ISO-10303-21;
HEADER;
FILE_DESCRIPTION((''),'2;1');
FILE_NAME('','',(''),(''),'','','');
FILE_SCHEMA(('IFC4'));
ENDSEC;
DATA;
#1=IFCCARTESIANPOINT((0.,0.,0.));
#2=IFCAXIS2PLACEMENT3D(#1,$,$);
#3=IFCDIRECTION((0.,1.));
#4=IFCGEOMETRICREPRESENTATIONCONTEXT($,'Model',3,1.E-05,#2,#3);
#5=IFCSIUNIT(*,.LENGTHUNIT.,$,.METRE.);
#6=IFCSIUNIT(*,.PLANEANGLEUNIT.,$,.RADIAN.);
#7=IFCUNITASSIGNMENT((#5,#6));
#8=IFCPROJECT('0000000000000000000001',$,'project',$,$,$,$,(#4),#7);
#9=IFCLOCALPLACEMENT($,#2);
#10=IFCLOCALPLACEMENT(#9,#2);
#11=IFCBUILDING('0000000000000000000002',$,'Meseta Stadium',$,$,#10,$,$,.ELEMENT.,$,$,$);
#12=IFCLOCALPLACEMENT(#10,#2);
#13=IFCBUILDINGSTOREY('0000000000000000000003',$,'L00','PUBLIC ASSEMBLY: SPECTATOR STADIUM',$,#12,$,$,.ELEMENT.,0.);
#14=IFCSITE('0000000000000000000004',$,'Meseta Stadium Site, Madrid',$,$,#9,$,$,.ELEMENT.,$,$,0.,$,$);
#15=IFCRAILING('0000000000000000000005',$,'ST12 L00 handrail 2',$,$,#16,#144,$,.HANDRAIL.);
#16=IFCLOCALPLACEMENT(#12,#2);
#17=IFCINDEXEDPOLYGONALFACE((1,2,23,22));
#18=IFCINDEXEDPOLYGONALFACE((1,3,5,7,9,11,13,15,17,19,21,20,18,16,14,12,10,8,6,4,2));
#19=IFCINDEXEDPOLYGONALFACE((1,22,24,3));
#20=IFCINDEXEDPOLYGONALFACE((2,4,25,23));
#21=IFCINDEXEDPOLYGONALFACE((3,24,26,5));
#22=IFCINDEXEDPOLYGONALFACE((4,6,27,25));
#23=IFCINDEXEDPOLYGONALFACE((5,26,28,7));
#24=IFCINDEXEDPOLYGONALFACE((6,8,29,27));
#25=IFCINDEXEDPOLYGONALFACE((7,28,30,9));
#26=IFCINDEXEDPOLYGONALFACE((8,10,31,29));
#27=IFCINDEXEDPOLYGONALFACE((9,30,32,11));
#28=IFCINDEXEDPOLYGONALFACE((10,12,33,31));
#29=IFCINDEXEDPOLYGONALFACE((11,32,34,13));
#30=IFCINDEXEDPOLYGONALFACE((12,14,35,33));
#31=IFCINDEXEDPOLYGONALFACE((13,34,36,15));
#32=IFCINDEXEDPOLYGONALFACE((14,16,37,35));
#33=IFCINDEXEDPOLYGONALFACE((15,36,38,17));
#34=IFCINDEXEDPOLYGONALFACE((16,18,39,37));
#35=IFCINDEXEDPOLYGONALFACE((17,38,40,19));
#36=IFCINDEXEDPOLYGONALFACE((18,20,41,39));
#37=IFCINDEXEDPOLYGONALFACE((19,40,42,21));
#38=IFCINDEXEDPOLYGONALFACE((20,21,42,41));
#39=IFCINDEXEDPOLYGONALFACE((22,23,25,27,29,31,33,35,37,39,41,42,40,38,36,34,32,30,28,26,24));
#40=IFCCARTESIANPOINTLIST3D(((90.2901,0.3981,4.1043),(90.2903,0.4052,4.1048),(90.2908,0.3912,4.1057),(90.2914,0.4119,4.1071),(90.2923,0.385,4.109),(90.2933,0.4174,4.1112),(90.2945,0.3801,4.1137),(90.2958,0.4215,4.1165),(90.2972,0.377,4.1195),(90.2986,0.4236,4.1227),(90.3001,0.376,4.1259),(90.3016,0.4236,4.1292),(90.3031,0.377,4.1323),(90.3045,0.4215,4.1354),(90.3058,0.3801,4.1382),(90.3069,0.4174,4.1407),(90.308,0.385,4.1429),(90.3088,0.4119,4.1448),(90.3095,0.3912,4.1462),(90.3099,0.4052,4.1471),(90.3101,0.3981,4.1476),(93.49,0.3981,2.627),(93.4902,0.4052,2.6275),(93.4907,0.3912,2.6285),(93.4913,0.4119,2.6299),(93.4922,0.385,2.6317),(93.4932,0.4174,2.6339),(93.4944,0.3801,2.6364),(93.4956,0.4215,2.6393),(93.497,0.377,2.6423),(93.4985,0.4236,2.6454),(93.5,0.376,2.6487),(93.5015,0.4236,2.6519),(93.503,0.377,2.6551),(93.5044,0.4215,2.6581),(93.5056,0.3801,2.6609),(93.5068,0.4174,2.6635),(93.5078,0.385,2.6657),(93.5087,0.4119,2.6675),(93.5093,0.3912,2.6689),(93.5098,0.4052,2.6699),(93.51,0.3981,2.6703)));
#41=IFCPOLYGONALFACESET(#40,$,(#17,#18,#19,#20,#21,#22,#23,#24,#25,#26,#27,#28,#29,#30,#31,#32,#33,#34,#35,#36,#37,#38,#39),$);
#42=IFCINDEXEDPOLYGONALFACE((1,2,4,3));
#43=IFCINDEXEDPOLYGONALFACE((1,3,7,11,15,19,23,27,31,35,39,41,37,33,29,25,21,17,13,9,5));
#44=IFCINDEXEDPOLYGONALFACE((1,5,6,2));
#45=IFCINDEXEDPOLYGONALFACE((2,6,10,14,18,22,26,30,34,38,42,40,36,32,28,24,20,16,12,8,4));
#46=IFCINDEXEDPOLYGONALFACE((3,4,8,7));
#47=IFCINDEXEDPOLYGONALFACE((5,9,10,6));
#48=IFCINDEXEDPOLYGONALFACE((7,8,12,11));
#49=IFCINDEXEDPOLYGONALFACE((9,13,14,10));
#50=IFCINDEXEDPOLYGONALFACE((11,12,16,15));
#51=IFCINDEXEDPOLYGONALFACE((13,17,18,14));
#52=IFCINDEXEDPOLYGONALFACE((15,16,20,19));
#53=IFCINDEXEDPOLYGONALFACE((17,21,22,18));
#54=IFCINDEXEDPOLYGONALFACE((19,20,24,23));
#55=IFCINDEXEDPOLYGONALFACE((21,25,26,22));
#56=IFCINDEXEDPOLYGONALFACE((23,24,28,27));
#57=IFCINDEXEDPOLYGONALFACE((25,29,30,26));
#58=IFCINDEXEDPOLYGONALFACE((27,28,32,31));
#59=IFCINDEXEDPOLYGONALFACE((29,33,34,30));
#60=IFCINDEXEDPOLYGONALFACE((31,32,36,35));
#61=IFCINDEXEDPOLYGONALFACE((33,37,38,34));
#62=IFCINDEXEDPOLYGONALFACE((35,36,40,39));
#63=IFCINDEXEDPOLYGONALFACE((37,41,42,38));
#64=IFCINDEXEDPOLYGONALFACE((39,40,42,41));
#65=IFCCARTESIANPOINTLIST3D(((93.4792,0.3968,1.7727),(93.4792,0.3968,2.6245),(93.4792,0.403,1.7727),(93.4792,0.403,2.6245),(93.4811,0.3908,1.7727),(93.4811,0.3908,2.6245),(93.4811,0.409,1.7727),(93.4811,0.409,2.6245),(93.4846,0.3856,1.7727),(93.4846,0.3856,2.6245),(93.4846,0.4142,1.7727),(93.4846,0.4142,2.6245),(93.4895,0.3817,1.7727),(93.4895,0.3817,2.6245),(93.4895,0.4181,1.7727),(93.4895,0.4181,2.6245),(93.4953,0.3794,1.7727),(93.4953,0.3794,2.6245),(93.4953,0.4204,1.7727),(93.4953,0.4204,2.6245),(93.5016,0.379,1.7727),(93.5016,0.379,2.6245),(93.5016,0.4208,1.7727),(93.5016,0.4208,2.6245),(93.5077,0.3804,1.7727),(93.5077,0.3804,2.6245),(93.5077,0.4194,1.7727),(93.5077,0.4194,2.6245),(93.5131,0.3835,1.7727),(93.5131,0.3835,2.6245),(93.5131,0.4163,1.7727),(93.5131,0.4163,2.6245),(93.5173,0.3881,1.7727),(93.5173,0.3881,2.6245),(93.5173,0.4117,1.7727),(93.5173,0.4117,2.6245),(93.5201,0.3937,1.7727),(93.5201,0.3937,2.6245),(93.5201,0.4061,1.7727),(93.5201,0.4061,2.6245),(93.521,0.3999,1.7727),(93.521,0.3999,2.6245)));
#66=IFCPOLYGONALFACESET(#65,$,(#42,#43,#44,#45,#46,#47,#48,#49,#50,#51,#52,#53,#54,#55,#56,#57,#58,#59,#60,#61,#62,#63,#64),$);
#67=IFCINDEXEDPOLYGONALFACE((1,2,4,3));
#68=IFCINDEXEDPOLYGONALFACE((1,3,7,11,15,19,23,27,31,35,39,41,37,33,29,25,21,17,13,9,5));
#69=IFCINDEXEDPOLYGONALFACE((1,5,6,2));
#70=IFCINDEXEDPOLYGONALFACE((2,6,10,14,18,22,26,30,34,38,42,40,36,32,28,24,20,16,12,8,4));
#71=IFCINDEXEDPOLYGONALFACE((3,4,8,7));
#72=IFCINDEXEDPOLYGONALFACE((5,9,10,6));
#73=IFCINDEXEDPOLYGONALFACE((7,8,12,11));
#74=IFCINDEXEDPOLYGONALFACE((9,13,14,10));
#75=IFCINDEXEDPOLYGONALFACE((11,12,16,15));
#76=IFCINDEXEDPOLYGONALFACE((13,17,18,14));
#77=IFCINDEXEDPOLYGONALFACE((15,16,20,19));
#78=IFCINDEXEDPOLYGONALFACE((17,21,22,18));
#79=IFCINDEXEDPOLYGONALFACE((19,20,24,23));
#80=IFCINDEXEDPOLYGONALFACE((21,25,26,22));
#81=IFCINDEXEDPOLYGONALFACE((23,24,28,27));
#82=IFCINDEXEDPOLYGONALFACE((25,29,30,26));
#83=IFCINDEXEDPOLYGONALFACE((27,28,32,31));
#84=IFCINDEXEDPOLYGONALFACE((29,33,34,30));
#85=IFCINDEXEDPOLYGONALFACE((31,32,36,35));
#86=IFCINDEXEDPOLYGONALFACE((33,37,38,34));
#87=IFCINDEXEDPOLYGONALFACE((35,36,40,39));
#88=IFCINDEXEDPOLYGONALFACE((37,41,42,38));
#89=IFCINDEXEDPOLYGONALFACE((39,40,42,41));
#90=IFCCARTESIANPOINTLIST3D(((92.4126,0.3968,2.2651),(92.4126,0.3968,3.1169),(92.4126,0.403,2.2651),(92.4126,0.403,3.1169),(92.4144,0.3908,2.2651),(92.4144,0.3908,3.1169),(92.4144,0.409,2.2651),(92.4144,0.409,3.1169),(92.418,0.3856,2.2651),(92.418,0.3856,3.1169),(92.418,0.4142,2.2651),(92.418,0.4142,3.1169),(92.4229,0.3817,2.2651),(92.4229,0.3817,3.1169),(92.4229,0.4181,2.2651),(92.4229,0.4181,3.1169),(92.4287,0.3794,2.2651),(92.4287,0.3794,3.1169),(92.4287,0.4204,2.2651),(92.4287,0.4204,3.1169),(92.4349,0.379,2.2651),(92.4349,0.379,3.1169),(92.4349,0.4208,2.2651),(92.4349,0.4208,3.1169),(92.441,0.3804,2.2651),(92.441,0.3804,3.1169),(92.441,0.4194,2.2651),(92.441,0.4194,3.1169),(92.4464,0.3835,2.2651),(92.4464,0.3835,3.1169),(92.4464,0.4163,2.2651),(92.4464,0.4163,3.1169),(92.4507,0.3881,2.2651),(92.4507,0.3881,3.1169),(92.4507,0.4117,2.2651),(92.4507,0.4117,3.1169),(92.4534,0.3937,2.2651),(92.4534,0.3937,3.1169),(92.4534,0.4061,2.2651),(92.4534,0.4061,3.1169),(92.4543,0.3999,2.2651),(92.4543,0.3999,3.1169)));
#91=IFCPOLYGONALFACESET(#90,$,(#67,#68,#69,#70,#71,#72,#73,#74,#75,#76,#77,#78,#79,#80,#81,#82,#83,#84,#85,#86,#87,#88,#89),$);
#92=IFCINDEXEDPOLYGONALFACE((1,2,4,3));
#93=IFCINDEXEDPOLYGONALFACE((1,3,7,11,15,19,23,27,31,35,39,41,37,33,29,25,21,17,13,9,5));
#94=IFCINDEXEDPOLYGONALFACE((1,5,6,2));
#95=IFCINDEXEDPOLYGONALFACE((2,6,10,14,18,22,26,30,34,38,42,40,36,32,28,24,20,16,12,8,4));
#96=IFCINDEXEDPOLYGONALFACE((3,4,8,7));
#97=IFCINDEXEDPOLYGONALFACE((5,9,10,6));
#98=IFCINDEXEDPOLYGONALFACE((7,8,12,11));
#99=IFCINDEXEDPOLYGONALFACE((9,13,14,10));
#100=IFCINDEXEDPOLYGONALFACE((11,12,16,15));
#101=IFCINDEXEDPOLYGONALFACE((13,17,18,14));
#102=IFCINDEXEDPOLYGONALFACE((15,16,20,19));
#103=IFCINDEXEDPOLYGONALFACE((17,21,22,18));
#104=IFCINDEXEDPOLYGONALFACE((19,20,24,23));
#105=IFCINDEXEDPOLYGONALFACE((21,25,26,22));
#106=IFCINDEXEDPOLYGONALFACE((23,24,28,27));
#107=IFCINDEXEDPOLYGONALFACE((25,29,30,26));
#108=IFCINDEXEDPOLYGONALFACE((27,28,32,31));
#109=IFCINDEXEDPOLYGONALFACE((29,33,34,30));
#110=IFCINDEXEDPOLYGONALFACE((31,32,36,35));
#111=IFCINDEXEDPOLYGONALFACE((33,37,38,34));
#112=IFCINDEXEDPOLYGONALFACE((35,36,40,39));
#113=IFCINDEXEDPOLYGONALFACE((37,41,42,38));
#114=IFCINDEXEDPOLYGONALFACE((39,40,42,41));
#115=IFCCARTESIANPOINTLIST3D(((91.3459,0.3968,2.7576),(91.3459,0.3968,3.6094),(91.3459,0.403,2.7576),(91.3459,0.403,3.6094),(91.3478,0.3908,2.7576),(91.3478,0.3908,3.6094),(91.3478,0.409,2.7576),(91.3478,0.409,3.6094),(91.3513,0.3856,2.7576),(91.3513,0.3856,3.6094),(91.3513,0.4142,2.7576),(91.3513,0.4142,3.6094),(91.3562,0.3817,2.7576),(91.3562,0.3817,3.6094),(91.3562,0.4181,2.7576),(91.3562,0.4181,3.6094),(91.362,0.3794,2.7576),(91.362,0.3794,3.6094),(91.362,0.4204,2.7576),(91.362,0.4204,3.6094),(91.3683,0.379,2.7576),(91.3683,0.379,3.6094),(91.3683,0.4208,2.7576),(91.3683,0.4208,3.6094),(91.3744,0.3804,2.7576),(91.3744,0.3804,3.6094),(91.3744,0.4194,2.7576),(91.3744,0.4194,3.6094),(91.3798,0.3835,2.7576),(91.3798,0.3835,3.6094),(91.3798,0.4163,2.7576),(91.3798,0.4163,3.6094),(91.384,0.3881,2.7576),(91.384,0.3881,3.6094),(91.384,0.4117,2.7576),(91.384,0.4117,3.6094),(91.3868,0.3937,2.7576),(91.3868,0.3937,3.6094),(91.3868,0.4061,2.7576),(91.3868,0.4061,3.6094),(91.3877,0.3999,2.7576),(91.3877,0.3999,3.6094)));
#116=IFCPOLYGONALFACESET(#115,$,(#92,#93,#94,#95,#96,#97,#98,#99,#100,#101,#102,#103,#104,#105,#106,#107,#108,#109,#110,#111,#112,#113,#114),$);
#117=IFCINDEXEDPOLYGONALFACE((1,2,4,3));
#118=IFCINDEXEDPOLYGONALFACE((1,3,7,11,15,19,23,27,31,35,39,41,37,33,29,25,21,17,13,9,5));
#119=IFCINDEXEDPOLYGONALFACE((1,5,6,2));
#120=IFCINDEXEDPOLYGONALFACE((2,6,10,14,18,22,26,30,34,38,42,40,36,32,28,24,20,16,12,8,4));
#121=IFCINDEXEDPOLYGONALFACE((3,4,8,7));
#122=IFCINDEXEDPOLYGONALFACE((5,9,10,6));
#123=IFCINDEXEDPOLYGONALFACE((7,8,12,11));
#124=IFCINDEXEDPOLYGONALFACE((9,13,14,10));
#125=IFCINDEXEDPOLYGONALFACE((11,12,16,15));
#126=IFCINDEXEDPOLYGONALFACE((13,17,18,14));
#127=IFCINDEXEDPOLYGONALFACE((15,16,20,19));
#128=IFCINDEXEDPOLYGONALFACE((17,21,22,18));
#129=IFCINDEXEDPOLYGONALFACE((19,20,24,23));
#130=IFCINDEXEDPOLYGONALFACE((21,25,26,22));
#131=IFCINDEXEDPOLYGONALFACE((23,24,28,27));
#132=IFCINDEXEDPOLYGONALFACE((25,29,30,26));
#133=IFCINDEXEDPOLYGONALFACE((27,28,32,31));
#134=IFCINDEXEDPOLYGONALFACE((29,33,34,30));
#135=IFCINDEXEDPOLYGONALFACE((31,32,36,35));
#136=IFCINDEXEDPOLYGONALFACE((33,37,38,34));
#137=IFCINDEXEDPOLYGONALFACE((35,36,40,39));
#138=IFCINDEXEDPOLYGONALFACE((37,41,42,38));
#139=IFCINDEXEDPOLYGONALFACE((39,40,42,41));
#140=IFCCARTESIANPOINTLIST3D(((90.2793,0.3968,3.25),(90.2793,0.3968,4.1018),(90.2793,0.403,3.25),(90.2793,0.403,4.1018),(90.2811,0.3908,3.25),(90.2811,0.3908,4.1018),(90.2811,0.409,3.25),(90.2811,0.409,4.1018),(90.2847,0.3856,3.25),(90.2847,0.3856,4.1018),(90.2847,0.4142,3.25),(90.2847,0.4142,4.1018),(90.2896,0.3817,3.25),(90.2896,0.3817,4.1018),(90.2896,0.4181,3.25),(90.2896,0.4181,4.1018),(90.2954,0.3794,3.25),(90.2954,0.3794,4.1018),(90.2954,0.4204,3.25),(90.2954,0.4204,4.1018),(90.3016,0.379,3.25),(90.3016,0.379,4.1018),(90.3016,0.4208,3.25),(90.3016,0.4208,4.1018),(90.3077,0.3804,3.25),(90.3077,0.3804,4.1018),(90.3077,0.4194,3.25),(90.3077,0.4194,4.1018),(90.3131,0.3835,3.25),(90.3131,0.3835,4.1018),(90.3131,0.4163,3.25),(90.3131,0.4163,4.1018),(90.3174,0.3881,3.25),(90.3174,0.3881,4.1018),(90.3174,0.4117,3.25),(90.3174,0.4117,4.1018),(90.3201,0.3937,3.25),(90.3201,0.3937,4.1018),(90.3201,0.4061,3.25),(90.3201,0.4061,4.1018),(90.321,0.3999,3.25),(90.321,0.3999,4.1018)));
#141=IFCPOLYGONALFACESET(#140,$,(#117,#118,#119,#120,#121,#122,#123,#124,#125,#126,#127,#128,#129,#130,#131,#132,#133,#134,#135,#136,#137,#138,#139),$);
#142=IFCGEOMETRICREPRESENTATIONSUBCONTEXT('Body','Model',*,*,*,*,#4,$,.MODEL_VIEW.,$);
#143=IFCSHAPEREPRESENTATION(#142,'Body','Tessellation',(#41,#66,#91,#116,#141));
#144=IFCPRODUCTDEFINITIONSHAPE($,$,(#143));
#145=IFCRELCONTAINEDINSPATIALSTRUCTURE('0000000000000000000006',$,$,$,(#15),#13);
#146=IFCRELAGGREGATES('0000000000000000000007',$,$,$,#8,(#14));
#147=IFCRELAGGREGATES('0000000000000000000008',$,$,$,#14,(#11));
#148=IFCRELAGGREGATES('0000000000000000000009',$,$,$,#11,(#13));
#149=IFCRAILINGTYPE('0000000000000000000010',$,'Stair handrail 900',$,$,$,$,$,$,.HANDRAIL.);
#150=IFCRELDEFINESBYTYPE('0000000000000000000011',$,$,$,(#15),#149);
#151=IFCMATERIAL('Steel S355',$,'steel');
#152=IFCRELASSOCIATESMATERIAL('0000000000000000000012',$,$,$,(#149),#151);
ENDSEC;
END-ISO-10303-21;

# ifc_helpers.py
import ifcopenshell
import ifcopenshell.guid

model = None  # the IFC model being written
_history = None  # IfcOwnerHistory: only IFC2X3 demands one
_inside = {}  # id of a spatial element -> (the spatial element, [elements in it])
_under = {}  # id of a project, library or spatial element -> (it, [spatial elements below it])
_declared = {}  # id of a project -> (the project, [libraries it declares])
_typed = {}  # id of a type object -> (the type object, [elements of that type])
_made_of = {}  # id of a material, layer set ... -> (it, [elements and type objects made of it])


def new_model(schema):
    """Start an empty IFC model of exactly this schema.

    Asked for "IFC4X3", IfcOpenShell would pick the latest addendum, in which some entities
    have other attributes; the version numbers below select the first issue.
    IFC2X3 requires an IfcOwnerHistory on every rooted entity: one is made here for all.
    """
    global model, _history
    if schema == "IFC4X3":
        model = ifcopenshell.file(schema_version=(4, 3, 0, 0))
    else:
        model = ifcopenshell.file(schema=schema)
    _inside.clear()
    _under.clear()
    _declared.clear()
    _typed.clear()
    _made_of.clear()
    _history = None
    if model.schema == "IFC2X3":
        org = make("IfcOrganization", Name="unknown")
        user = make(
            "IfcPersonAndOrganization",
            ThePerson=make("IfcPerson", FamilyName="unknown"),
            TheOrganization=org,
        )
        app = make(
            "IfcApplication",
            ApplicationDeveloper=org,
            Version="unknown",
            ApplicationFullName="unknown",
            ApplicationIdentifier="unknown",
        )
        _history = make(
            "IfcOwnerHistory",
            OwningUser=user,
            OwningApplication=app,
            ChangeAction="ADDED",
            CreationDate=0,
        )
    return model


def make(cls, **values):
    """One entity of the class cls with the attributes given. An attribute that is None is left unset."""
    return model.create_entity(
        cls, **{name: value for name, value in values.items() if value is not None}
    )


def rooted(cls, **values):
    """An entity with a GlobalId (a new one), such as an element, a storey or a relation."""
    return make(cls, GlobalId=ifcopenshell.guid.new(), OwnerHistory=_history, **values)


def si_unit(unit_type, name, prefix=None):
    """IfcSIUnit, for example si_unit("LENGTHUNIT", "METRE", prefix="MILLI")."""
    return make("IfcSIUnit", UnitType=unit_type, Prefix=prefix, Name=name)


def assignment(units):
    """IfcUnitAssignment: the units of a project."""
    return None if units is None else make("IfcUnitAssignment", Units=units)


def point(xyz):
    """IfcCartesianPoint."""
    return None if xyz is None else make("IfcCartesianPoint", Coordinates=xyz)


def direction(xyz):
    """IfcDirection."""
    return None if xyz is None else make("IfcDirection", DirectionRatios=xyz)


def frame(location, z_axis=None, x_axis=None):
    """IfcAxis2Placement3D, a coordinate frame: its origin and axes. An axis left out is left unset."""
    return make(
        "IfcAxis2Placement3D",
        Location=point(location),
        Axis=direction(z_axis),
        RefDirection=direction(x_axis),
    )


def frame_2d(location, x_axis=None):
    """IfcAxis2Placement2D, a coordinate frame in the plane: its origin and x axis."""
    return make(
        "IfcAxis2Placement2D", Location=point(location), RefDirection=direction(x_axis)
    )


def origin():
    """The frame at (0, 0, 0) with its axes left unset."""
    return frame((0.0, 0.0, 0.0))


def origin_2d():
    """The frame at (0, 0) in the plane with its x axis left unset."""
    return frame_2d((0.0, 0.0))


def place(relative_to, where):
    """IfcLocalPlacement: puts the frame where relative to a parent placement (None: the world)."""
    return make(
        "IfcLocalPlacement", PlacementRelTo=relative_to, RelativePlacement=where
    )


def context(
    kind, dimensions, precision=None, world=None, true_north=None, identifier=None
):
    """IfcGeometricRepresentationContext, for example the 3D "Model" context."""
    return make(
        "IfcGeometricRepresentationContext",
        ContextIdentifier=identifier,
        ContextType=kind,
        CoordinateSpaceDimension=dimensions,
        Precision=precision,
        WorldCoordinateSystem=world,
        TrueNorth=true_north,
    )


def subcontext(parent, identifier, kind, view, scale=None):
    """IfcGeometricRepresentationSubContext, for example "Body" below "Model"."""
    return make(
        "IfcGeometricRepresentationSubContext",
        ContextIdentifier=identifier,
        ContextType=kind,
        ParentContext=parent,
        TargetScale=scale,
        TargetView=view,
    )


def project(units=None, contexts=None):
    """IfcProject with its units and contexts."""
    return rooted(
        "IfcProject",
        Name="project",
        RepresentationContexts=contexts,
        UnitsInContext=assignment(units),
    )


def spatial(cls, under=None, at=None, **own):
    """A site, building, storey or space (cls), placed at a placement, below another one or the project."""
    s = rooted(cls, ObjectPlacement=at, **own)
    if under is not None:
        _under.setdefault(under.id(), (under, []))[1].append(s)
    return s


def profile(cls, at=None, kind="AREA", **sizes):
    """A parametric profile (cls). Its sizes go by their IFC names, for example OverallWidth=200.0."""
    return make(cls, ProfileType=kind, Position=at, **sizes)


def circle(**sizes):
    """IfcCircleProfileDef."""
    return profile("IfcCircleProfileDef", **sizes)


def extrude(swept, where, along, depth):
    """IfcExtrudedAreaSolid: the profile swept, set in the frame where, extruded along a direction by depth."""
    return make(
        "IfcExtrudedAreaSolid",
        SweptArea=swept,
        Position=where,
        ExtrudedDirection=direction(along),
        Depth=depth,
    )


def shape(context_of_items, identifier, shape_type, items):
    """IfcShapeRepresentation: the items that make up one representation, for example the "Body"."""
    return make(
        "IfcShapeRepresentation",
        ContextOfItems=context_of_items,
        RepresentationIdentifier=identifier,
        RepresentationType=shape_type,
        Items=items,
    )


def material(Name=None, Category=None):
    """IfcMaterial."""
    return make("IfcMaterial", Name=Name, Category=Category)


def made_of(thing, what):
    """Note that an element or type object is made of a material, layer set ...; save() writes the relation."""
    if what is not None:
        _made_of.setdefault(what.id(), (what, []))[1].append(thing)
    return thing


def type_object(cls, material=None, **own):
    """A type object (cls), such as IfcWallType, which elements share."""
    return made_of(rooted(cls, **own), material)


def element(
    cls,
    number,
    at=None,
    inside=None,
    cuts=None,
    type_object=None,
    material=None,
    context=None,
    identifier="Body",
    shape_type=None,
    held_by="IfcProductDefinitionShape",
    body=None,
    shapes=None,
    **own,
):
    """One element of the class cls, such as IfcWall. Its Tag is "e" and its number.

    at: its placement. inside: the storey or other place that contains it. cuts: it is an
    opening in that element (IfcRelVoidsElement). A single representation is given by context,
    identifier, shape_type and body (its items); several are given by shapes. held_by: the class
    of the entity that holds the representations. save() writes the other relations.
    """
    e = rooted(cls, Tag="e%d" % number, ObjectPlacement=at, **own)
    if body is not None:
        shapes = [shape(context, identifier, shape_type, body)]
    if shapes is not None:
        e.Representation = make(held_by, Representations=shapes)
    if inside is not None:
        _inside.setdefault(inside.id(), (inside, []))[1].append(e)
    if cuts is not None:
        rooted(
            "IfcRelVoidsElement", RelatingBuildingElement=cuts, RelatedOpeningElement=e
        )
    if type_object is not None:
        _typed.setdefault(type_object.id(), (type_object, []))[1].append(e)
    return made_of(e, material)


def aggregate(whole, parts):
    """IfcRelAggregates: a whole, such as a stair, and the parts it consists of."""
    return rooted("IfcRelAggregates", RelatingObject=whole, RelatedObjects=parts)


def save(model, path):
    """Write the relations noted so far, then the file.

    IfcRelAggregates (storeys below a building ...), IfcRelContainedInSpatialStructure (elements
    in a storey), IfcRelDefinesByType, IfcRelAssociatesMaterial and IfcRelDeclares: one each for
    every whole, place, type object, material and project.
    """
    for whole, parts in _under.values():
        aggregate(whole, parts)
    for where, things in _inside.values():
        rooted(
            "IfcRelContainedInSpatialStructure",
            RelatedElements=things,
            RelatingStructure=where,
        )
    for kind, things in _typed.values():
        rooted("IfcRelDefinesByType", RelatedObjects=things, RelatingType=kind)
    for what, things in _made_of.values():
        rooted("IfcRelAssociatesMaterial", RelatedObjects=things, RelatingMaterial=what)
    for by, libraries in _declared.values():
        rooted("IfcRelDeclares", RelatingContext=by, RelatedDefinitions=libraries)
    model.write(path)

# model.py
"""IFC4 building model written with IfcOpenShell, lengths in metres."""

from ifc_helpers import new_model, si_unit, direction, frame, origin, origin_2d, place, context, subcontext, project, spatial, circle, extrude, material, type_object, element, save


model = new_model("IFC4")

# Units and contexts
model_context = context("Model", 3, precision=1e-05, world=origin(), true_north=direction((0.0, 1.0)))
body_context = subcontext(model_context, "Body", "Model", "MODEL_VIEW")
ifc_project = project(units=[si_unit("LENGTHUNIT", "METRE"), si_unit("PLANEANGLEUNIT", "RADIAN")], contexts=[model_context])

# Site, building, storey
site_placement = place(None, origin())
site = spatial("IfcSite", under=ifc_project, at=site_placement, Name="Meseta Stadium Site, Madrid", CompositionType="ELEMENT", RefElevation=0.0)
building_placement = place(site_placement, origin())
building = spatial("IfcBuilding", under=site, at=building_placement, Name="Meseta Stadium", CompositionType="ELEMENT")
storey_placement = place(building_placement, origin())
storey = spatial("IfcBuildingStorey", under=building, at=storey_placement, Name="L00", Description="PUBLIC ASSEMBLY: SPECTATOR STADIUM", CompositionType="ELEMENT", Elevation=0.0)

# Railing
ifc_material_1 = material(Name="Steel S355", Category="steel")
railing_type_1 = type_object("IfcRailingType", Name="Stair handrail 900", PredefinedType="HANDRAIL", material=ifc_material_1)
for number, where, name in (
    (1, (93.5, 0.3999, 1.7727), "ST12 L00 handrail 2"),
):
    element("IfcRailing", number, at=place(storey_placement, frame(where)), inside=storey, type_object=railing_type_1, Name=name, PredefinedType="HANDRAIL", context=body_context, shape_type="SweptSolid", body=[
        extrude(circle(Radius=0.0239, at=origin_2d()), frame((0.0, 0.0, 0.876), z_axis=(-0.907917, 0.0, 0.41915), x_axis=(0.0, -1.0, 0.0)), (0.0, 0.0, 1.0), 3.5244),
        extrude(circle(Radius=0.021, at=origin_2d()), origin(), (0.0, 0.0, 1.0), 0.8518),
        extrude(circle(Radius=0.021, at=origin_2d()), frame((-1.0667, 0.0, 0.4924)), (0.0, 0.0, 1.0), 0.8518),
        extrude(circle(Radius=0.021, at=origin_2d()), frame((-2.1333, 0.0, 0.9849)), (0.0, 0.0, 1.0), 0.8518),
        extrude(circle(Radius=0.021, at=origin_2d()), frame((-3.2, 0.0, 1.4773)), (0.0, 0.0, 1.0), 0.8518),
    ])

save(model, "model.ifc")
